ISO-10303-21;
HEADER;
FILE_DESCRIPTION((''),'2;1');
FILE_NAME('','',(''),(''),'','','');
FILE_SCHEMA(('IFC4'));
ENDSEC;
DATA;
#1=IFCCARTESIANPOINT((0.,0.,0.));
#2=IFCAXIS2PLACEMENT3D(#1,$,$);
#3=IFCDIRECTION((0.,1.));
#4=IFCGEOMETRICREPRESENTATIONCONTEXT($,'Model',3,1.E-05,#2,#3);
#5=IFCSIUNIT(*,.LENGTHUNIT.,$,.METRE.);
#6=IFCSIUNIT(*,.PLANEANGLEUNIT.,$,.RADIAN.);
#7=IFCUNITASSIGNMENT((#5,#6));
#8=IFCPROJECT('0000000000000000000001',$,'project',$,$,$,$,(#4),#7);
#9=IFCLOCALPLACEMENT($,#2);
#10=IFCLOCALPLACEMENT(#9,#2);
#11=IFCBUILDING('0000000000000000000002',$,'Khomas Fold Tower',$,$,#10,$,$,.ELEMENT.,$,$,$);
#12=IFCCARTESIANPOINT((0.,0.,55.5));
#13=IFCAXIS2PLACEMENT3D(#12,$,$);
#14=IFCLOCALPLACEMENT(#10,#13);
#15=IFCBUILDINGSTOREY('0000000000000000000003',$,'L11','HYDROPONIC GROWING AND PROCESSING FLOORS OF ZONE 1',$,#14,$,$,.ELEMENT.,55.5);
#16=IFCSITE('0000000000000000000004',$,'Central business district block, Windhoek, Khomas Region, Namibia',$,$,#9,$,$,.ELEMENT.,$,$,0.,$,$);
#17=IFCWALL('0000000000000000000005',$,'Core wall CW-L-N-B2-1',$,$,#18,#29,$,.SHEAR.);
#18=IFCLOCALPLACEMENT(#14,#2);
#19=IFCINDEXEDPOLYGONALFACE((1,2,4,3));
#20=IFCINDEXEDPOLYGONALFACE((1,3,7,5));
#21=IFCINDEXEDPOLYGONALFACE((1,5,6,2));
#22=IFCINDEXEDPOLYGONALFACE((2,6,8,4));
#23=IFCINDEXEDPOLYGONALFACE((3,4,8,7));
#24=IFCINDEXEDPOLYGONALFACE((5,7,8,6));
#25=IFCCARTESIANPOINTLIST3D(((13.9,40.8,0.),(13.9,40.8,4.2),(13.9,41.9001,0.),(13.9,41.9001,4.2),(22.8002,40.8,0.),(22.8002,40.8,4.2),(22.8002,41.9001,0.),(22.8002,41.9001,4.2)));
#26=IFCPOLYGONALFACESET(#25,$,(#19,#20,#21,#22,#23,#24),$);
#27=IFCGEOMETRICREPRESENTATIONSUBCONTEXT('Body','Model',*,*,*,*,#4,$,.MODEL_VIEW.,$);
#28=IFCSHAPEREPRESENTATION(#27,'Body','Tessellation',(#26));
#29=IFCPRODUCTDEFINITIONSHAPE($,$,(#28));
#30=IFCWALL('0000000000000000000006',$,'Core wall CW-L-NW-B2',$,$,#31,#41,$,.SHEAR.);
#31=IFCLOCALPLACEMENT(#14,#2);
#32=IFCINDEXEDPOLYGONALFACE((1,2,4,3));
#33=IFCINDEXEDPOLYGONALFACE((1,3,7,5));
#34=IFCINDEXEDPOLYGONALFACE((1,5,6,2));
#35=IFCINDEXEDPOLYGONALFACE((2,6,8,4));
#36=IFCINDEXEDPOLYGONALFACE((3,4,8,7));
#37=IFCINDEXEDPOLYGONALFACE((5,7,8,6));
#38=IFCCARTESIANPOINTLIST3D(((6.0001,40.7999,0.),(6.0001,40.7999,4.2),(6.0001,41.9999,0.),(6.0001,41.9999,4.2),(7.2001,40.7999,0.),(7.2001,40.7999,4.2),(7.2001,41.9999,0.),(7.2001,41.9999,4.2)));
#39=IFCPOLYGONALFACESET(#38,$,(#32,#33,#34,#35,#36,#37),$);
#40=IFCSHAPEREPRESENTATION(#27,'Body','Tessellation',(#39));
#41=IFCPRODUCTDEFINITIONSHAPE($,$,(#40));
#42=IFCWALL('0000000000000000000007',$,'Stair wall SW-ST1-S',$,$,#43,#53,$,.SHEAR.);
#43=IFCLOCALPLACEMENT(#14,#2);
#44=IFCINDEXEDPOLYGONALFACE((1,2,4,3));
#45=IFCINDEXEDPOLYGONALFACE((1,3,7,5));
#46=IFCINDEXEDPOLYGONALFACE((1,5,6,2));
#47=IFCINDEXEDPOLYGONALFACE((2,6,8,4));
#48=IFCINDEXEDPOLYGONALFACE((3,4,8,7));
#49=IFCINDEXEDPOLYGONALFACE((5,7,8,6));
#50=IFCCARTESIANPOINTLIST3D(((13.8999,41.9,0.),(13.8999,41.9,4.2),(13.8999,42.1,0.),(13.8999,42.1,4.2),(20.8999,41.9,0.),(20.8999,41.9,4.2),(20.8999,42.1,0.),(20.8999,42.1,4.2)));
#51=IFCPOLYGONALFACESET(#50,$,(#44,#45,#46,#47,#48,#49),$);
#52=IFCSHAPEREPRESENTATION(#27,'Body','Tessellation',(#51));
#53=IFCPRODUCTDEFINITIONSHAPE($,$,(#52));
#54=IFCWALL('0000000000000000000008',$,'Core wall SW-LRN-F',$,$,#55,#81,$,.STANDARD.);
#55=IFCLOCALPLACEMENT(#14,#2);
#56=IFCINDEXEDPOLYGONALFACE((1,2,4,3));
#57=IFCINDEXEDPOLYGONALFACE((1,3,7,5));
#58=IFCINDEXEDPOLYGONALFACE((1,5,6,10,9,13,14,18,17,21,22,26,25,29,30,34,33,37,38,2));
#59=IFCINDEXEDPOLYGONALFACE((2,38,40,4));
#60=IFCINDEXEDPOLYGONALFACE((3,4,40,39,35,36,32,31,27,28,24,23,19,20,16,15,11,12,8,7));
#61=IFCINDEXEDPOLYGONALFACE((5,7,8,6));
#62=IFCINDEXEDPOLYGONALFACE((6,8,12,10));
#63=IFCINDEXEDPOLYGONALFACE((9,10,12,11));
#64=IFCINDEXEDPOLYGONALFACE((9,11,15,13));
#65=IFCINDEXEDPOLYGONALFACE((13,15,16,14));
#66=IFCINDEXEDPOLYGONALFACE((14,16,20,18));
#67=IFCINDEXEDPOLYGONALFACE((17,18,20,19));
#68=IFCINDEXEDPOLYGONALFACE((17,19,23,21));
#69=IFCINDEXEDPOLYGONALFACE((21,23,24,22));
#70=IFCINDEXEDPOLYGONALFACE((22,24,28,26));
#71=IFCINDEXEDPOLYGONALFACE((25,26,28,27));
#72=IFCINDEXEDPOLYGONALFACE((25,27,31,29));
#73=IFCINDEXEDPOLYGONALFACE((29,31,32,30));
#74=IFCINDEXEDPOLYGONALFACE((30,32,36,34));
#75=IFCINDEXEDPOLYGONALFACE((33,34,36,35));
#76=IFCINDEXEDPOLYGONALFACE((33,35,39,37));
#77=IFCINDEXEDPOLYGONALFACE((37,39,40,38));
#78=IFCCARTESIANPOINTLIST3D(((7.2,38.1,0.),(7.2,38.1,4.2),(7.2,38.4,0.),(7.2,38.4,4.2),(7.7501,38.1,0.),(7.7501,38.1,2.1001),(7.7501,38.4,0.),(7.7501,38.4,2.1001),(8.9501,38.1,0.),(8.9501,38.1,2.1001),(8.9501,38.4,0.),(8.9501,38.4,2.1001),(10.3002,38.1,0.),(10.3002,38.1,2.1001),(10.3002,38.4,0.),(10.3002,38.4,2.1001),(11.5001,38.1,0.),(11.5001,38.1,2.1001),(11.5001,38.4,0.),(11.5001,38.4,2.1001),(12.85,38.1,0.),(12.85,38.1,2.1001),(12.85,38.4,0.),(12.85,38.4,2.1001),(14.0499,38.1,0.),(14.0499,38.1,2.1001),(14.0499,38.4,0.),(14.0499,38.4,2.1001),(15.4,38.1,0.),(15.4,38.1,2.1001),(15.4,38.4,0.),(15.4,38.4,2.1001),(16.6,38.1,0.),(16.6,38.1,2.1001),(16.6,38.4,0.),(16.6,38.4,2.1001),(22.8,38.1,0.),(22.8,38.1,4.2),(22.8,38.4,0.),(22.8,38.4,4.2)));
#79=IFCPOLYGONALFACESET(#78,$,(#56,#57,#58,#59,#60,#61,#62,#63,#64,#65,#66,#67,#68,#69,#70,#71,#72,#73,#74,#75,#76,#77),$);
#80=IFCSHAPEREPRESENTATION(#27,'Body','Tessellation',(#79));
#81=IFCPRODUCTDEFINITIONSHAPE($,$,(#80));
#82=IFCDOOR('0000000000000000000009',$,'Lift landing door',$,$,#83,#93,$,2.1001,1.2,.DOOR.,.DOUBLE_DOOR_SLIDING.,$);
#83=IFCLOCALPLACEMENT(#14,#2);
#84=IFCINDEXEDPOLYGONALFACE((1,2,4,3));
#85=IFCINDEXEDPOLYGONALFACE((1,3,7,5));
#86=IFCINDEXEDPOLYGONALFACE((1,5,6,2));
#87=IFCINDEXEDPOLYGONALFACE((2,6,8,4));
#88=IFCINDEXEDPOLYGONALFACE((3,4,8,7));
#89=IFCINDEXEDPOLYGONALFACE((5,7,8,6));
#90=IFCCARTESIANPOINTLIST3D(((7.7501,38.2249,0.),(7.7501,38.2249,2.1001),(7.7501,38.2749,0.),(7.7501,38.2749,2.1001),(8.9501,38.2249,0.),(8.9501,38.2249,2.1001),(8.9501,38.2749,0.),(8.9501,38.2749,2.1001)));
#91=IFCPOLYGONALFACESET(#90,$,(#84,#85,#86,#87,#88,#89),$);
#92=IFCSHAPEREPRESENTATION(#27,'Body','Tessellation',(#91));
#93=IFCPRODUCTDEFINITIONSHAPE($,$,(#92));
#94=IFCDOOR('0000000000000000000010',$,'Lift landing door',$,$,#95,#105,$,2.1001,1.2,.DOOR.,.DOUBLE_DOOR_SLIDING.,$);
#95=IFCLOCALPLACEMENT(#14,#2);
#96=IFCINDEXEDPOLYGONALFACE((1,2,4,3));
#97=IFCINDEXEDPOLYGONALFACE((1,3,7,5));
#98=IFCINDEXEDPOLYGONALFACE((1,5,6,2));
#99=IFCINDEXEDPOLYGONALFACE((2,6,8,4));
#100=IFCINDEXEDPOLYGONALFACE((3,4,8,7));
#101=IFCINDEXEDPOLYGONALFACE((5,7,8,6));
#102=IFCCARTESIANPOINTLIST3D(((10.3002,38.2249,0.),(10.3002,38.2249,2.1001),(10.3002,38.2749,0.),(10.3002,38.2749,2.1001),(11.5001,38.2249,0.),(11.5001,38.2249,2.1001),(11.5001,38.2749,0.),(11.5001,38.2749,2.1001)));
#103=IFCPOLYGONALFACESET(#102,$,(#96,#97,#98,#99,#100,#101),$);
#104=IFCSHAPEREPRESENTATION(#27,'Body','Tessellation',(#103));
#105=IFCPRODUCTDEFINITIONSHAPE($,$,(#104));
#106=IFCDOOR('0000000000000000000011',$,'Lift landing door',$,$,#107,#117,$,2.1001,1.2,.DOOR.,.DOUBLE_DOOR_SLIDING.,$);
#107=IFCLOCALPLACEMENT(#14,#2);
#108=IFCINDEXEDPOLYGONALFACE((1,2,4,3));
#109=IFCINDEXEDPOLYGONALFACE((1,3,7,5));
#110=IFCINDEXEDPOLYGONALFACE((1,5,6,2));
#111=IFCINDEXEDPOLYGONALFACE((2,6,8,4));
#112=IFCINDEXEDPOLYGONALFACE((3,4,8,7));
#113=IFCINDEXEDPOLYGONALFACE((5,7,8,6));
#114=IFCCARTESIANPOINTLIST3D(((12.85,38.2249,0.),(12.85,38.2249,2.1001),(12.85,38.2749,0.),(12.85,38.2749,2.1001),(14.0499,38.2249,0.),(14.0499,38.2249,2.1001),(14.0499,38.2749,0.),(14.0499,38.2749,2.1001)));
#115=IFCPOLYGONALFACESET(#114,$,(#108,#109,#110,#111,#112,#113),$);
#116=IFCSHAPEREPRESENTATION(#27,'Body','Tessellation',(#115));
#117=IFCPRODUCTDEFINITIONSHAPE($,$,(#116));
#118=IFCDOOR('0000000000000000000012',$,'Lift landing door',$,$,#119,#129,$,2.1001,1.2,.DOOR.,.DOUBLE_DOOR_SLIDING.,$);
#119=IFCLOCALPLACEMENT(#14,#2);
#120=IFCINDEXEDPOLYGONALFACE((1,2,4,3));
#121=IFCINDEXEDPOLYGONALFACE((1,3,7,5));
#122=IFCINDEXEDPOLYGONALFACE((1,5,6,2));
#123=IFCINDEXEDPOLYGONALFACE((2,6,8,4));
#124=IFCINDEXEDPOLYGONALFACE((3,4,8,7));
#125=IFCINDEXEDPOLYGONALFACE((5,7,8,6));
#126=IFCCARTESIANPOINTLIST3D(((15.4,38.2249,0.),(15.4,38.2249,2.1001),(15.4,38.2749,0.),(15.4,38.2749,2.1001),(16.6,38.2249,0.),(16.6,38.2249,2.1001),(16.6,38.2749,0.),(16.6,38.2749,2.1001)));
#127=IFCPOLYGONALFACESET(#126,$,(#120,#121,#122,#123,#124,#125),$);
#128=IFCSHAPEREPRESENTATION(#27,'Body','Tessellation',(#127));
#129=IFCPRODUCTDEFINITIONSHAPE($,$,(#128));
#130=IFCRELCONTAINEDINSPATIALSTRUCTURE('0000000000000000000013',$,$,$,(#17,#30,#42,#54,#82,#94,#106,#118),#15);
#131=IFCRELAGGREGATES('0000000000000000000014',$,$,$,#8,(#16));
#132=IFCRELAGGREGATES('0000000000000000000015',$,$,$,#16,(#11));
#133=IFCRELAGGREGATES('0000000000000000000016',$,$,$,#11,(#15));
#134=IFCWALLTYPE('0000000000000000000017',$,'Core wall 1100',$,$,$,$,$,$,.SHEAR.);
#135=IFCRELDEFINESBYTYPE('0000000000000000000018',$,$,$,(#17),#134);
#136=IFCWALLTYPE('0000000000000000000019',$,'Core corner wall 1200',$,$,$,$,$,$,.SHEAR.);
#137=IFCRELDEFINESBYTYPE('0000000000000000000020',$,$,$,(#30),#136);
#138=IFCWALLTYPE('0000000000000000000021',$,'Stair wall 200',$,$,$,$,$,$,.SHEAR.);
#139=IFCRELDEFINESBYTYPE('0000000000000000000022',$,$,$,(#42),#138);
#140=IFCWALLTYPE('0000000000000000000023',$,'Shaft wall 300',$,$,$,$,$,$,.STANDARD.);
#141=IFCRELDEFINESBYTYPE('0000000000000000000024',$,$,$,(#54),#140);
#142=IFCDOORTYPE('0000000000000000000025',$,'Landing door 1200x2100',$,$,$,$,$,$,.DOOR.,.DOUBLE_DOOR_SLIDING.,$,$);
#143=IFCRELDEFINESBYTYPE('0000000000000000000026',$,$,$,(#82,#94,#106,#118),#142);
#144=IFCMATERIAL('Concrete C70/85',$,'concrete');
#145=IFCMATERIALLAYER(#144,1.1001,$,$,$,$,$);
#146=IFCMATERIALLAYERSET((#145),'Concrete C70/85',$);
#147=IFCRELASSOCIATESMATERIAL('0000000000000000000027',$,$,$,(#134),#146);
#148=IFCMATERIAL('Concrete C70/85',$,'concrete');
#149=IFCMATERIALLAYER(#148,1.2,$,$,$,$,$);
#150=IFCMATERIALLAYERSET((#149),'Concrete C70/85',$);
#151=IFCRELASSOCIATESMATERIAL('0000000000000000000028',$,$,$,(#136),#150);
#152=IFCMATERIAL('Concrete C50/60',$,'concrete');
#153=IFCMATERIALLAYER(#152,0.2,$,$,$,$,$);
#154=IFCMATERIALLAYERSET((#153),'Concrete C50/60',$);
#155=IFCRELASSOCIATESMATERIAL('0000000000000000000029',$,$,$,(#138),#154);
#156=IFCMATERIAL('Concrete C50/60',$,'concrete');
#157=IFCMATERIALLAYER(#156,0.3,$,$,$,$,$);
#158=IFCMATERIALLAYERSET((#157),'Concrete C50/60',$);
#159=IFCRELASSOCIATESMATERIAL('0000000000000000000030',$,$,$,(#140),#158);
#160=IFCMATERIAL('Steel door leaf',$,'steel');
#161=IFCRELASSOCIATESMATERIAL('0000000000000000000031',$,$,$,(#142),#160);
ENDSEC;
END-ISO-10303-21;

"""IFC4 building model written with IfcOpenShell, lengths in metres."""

from ifc_helpers import new_model, si_unit, direction, frame, frame_2d, origin, place, context, subcontext, project, spatial, rectangle, extrude, source, transform, mapped, material, layer, layer_set, type_object, element, fill, save


model = new_model("IFC4")

# Units and contexts
model_context = context("Model", 3, precision=1e-05, world=origin(), true_north=direction((0.0, 1.0)))
body_context = subcontext(model_context, "Body", "Model", "MODEL_VIEW")
ifc_project = project(units=[si_unit("LENGTHUNIT", "METRE"), si_unit("PLANEANGLEUNIT", "RADIAN")], contexts=[model_context])

# Site, building, storey
site_placement = place(None, origin())
site = spatial("IfcSite", under=ifc_project, at=site_placement, Name="Central business district block, Windhoek, Khomas Region, Namibia", CompositionType="ELEMENT", RefElevation=0.0)
building_placement = place(site_placement, origin())
building = spatial("IfcBuilding", under=site, at=building_placement, Name="Khomas Fold Tower", CompositionType="ELEMENT")
storey_placement = place(building_placement, frame((0.0, 0.0, 55.5)))
storey = spatial("IfcBuildingStorey", under=building, at=storey_placement, Name="L11", Description="HYDROPONIC GROWING AND PROCESSING FLOORS OF ZONE 1", CompositionType="ELEMENT", Elevation=55.5)

# Walls
ifc_material_1 = material(Name="Concrete C70/85", Category="concrete")
ifc_layer_1 = layer(ifc_material_1, 1.1001)
ifc_layer_set_1 = layer_set([ifc_layer_1], Name="Concrete C70/85")
wall_type_1 = type_object("IfcWallType", Name="Core wall 1100", PredefinedType="SHEAR", material=ifc_layer_set_1)
shared_shape_1 = source(origin(), body_context, "Body", "SweptSolid", [
    extrude(rectangle(XDim=8.9001, YDim=1.1001, at=frame_2d((4.4502, 0.0))), origin(), (0.0, 0.0, 1.0), 4.2),
])
wall_1_placement = place(storey_placement, frame((13.8999, 41.3501, 0.0), z_axis=(0.0, 0.0, 1.0), x_axis=(1.0, 0.0, 0.0)))
element("IfcWall", 1, at=wall_1_placement, inside=storey, type_object=wall_type_1, Name="Core wall CW-L-N-B2-1", PredefinedType="SHEAR", context=body_context, shape_type="MappedRepresentation", body=[
    mapped(shared_shape_1, transform((0.0, 0.0, 0.0))),
])
ifc_material_2 = material(Name="Concrete C70/85", Category="concrete")
ifc_layer_2 = layer(ifc_material_2, 1.2)
ifc_layer_set_2 = layer_set([ifc_layer_2], Name="Concrete C70/85")
wall_type_2 = type_object("IfcWallType", Name="Core corner wall 1200", PredefinedType="SHEAR", material=ifc_layer_set_2)
shared_shape_2 = source(origin(), body_context, "Body", "SweptSolid", [
    extrude(rectangle(XDim=1.2, YDim=1.2, at=frame_2d((0.6001, 0.0))), origin(), (0.0, 0.0, 1.0), 4.2),
])
wall_2_placement = place(storey_placement, frame((6.0, 41.3999, 0.0), z_axis=(0.0, 0.0, 1.0), x_axis=(1.0, 0.0, 0.0)))
element("IfcWall", 2, at=wall_2_placement, inside=storey, type_object=wall_type_2, Name="Core wall CW-L-NW-B2", PredefinedType="SHEAR", context=body_context, shape_type="MappedRepresentation", body=[
    mapped(shared_shape_2, transform((0.0, 0.0, 0.0))),
])
ifc_material_3 = material(Name="Concrete C50/60", Category="concrete")
ifc_layer_3 = layer(ifc_material_3, 0.2)
ifc_layer_set_3 = layer_set([ifc_layer_3], Name="Concrete C50/60")
wall_type_3 = type_object("IfcWallType", Name="Stair wall 200", PredefinedType="SHEAR", material=ifc_layer_set_3)
shared_shape_3 = source(origin(), body_context, "Body", "SweptSolid", [
    extrude(rectangle(XDim=7.0, YDim=0.2, at=frame_2d((3.5, 0.0))), origin(), (0.0, 0.0, 1.0), 4.2),
])
wall_3_placement = place(storey_placement, frame((13.8999, 42.0, 0.0), z_axis=(0.0, 0.0, 1.0), x_axis=(1.0, 0.0, 0.0)))
element("IfcWall", 3, at=wall_3_placement, inside=storey, type_object=wall_type_3, Name="Stair wall SW-ST1-S", PredefinedType="SHEAR", context=body_context, shape_type="MappedRepresentation", body=[
    mapped(shared_shape_3, transform((0.0, 0.0, 0.0))),
])

# Wall, openings, doors
ifc_material_4 = material(Name="Concrete C50/60", Category="concrete")
ifc_layer_4 = layer(ifc_material_4, 0.3)
ifc_layer_set_4 = layer_set([ifc_layer_4], Name="Concrete C50/60")
wall_type_4 = type_object("IfcWallType", Name="Shaft wall 300", PredefinedType="STANDARD", material=ifc_layer_set_4)
shared_shape_4 = source(origin(), body_context, "Body", "SweptSolid", [
    extrude(rectangle(XDim=15.6001, YDim=0.3, at=frame_2d((7.8, 0.0))), origin(), (0.0, 0.0, 1.0), 4.2),
])
wall_4_placement = place(storey_placement, frame((7.2, 38.25, 0.0), z_axis=(0.0, 0.0, 1.0), x_axis=(1.0, 0.0, 0.0)))
wall_4 = element("IfcWall", 4, at=wall_4_placement, inside=storey, type_object=wall_type_4, Name="Core wall SW-LRN-F", PredefinedType="STANDARD", context=body_context, shape_type="MappedRepresentation", body=[
    mapped(shared_shape_4, transform((0.0, 0.0, 0.0))),
])
shared_shape_5 = source(origin(), body_context, "Body", "SweptSolid", [
    extrude(rectangle(XDim=1.2, YDim=2.1001, at=frame_2d((0.6001, 1.05))), frame((0.0, 0.1599, 0.0), z_axis=(0.0, -1.0, 0.0), x_axis=(1.0, 0.0, 0.0)), (0.0, 0.0, 1.0), 0.3201),
])
opening_1_placement = place(wall_4_placement, frame((0.55, 0.0, 0.0)))
opening_1 = element("IfcOpeningElement", 5, at=opening_1_placement, cuts=wall_4, PredefinedType="OPENING", context=body_context, shape_type="MappedRepresentation", body=[
    mapped(shared_shape_5, transform((0.0, 0.0, 0.0))),
])
opening_2_placement = place(wall_4_placement, frame((3.1001, 0.0, 0.0)))
opening_2 = element("IfcOpeningElement", 6, at=opening_2_placement, cuts=wall_4, PredefinedType="OPENING", context=body_context, shape_type="MappedRepresentation", body=[
    mapped(shared_shape_5, transform((0.0, 0.0, 0.0))),
])
opening_3_placement = place(wall_4_placement, frame((5.6499, 0.0, 0.0)))
opening_3 = element("IfcOpeningElement", 7, at=opening_3_placement, cuts=wall_4, PredefinedType="OPENING", context=body_context, shape_type="MappedRepresentation", body=[
    mapped(shared_shape_5, transform((0.0, 0.0, 0.0))),
])
opening_4_placement = place(wall_4_placement, frame((8.2, 0.0, 0.0)))
opening_4 = element("IfcOpeningElement", 8, at=opening_4_placement, cuts=wall_4, PredefinedType="OPENING", context=body_context, shape_type="MappedRepresentation", body=[
    mapped(shared_shape_5, transform((0.0, 0.0, 0.0))),
])
ifc_material_5 = material(Name="Steel door leaf", Category="steel")
door_type = type_object("IfcDoorType", Name="Landing door 1200x2100", OperationType="DOUBLE_DOOR_SLIDING", PredefinedType="DOOR", material=ifc_material_5)
shared_shape_6 = source(origin(), body_context, "Body", "SweptSolid", [
    extrude(rectangle(XDim=1.2, YDim=2.1001, at=frame_2d((0.6001, 1.05))), frame((0.0, 0.0249, 0.0), z_axis=(0.0, -1.0, 0.0), x_axis=(1.0, 0.0, 0.0)), (0.0, 0.0, 1.0), 0.05),
])
door_1_placement = place(opening_1_placement, origin())
door_1 = element("IfcDoor", 9, at=door_1_placement, inside=storey, type_object=door_type, Name="Lift landing door", OperationType="DOUBLE_DOOR_SLIDING", OverallHeight=2.1001, OverallWidth=1.2, PredefinedType="DOOR", context=body_context, shape_type="MappedRepresentation", body=[
    mapped(shared_shape_6, transform((0.0, 0.0, 0.0))),
])
fill(opening_1, door_1)
door_2_placement = place(opening_2_placement, origin())
door_2 = element("IfcDoor", 10, at=door_2_placement, inside=storey, type_object=door_type, Name="Lift landing door", OperationType="DOUBLE_DOOR_SLIDING", OverallHeight=2.1001, OverallWidth=1.2, PredefinedType="DOOR", context=body_context, shape_type="MappedRepresentation", body=[
    mapped(shared_shape_6, transform((0.0, 0.0, 0.0))),
])
fill(opening_2, door_2)
door_3_placement = place(opening_3_placement, origin())
door_3 = element("IfcDoor", 11, at=door_3_placement, inside=storey, type_object=door_type, Name="Lift landing door", OperationType="DOUBLE_DOOR_SLIDING", OverallHeight=2.1001, OverallWidth=1.2, PredefinedType="DOOR", context=body_context, shape_type="MappedRepresentation", body=[
    mapped(shared_shape_6, transform((0.0, 0.0, 0.0))),
])
fill(opening_3, door_3)
door_4_placement = place(opening_4_placement, origin())
door_4 = element("IfcDoor", 12, at=door_4_placement, inside=storey, type_object=door_type, Name="Lift landing door", OperationType="DOUBLE_DOOR_SLIDING", OverallHeight=2.1001, OverallWidth=1.2, PredefinedType="DOOR", context=body_context, shape_type="MappedRepresentation", body=[
    mapped(shared_shape_6, transform((0.0, 0.0, 0.0))),
])
fill(opening_4, door_4)

save(model, "model.ifc")
